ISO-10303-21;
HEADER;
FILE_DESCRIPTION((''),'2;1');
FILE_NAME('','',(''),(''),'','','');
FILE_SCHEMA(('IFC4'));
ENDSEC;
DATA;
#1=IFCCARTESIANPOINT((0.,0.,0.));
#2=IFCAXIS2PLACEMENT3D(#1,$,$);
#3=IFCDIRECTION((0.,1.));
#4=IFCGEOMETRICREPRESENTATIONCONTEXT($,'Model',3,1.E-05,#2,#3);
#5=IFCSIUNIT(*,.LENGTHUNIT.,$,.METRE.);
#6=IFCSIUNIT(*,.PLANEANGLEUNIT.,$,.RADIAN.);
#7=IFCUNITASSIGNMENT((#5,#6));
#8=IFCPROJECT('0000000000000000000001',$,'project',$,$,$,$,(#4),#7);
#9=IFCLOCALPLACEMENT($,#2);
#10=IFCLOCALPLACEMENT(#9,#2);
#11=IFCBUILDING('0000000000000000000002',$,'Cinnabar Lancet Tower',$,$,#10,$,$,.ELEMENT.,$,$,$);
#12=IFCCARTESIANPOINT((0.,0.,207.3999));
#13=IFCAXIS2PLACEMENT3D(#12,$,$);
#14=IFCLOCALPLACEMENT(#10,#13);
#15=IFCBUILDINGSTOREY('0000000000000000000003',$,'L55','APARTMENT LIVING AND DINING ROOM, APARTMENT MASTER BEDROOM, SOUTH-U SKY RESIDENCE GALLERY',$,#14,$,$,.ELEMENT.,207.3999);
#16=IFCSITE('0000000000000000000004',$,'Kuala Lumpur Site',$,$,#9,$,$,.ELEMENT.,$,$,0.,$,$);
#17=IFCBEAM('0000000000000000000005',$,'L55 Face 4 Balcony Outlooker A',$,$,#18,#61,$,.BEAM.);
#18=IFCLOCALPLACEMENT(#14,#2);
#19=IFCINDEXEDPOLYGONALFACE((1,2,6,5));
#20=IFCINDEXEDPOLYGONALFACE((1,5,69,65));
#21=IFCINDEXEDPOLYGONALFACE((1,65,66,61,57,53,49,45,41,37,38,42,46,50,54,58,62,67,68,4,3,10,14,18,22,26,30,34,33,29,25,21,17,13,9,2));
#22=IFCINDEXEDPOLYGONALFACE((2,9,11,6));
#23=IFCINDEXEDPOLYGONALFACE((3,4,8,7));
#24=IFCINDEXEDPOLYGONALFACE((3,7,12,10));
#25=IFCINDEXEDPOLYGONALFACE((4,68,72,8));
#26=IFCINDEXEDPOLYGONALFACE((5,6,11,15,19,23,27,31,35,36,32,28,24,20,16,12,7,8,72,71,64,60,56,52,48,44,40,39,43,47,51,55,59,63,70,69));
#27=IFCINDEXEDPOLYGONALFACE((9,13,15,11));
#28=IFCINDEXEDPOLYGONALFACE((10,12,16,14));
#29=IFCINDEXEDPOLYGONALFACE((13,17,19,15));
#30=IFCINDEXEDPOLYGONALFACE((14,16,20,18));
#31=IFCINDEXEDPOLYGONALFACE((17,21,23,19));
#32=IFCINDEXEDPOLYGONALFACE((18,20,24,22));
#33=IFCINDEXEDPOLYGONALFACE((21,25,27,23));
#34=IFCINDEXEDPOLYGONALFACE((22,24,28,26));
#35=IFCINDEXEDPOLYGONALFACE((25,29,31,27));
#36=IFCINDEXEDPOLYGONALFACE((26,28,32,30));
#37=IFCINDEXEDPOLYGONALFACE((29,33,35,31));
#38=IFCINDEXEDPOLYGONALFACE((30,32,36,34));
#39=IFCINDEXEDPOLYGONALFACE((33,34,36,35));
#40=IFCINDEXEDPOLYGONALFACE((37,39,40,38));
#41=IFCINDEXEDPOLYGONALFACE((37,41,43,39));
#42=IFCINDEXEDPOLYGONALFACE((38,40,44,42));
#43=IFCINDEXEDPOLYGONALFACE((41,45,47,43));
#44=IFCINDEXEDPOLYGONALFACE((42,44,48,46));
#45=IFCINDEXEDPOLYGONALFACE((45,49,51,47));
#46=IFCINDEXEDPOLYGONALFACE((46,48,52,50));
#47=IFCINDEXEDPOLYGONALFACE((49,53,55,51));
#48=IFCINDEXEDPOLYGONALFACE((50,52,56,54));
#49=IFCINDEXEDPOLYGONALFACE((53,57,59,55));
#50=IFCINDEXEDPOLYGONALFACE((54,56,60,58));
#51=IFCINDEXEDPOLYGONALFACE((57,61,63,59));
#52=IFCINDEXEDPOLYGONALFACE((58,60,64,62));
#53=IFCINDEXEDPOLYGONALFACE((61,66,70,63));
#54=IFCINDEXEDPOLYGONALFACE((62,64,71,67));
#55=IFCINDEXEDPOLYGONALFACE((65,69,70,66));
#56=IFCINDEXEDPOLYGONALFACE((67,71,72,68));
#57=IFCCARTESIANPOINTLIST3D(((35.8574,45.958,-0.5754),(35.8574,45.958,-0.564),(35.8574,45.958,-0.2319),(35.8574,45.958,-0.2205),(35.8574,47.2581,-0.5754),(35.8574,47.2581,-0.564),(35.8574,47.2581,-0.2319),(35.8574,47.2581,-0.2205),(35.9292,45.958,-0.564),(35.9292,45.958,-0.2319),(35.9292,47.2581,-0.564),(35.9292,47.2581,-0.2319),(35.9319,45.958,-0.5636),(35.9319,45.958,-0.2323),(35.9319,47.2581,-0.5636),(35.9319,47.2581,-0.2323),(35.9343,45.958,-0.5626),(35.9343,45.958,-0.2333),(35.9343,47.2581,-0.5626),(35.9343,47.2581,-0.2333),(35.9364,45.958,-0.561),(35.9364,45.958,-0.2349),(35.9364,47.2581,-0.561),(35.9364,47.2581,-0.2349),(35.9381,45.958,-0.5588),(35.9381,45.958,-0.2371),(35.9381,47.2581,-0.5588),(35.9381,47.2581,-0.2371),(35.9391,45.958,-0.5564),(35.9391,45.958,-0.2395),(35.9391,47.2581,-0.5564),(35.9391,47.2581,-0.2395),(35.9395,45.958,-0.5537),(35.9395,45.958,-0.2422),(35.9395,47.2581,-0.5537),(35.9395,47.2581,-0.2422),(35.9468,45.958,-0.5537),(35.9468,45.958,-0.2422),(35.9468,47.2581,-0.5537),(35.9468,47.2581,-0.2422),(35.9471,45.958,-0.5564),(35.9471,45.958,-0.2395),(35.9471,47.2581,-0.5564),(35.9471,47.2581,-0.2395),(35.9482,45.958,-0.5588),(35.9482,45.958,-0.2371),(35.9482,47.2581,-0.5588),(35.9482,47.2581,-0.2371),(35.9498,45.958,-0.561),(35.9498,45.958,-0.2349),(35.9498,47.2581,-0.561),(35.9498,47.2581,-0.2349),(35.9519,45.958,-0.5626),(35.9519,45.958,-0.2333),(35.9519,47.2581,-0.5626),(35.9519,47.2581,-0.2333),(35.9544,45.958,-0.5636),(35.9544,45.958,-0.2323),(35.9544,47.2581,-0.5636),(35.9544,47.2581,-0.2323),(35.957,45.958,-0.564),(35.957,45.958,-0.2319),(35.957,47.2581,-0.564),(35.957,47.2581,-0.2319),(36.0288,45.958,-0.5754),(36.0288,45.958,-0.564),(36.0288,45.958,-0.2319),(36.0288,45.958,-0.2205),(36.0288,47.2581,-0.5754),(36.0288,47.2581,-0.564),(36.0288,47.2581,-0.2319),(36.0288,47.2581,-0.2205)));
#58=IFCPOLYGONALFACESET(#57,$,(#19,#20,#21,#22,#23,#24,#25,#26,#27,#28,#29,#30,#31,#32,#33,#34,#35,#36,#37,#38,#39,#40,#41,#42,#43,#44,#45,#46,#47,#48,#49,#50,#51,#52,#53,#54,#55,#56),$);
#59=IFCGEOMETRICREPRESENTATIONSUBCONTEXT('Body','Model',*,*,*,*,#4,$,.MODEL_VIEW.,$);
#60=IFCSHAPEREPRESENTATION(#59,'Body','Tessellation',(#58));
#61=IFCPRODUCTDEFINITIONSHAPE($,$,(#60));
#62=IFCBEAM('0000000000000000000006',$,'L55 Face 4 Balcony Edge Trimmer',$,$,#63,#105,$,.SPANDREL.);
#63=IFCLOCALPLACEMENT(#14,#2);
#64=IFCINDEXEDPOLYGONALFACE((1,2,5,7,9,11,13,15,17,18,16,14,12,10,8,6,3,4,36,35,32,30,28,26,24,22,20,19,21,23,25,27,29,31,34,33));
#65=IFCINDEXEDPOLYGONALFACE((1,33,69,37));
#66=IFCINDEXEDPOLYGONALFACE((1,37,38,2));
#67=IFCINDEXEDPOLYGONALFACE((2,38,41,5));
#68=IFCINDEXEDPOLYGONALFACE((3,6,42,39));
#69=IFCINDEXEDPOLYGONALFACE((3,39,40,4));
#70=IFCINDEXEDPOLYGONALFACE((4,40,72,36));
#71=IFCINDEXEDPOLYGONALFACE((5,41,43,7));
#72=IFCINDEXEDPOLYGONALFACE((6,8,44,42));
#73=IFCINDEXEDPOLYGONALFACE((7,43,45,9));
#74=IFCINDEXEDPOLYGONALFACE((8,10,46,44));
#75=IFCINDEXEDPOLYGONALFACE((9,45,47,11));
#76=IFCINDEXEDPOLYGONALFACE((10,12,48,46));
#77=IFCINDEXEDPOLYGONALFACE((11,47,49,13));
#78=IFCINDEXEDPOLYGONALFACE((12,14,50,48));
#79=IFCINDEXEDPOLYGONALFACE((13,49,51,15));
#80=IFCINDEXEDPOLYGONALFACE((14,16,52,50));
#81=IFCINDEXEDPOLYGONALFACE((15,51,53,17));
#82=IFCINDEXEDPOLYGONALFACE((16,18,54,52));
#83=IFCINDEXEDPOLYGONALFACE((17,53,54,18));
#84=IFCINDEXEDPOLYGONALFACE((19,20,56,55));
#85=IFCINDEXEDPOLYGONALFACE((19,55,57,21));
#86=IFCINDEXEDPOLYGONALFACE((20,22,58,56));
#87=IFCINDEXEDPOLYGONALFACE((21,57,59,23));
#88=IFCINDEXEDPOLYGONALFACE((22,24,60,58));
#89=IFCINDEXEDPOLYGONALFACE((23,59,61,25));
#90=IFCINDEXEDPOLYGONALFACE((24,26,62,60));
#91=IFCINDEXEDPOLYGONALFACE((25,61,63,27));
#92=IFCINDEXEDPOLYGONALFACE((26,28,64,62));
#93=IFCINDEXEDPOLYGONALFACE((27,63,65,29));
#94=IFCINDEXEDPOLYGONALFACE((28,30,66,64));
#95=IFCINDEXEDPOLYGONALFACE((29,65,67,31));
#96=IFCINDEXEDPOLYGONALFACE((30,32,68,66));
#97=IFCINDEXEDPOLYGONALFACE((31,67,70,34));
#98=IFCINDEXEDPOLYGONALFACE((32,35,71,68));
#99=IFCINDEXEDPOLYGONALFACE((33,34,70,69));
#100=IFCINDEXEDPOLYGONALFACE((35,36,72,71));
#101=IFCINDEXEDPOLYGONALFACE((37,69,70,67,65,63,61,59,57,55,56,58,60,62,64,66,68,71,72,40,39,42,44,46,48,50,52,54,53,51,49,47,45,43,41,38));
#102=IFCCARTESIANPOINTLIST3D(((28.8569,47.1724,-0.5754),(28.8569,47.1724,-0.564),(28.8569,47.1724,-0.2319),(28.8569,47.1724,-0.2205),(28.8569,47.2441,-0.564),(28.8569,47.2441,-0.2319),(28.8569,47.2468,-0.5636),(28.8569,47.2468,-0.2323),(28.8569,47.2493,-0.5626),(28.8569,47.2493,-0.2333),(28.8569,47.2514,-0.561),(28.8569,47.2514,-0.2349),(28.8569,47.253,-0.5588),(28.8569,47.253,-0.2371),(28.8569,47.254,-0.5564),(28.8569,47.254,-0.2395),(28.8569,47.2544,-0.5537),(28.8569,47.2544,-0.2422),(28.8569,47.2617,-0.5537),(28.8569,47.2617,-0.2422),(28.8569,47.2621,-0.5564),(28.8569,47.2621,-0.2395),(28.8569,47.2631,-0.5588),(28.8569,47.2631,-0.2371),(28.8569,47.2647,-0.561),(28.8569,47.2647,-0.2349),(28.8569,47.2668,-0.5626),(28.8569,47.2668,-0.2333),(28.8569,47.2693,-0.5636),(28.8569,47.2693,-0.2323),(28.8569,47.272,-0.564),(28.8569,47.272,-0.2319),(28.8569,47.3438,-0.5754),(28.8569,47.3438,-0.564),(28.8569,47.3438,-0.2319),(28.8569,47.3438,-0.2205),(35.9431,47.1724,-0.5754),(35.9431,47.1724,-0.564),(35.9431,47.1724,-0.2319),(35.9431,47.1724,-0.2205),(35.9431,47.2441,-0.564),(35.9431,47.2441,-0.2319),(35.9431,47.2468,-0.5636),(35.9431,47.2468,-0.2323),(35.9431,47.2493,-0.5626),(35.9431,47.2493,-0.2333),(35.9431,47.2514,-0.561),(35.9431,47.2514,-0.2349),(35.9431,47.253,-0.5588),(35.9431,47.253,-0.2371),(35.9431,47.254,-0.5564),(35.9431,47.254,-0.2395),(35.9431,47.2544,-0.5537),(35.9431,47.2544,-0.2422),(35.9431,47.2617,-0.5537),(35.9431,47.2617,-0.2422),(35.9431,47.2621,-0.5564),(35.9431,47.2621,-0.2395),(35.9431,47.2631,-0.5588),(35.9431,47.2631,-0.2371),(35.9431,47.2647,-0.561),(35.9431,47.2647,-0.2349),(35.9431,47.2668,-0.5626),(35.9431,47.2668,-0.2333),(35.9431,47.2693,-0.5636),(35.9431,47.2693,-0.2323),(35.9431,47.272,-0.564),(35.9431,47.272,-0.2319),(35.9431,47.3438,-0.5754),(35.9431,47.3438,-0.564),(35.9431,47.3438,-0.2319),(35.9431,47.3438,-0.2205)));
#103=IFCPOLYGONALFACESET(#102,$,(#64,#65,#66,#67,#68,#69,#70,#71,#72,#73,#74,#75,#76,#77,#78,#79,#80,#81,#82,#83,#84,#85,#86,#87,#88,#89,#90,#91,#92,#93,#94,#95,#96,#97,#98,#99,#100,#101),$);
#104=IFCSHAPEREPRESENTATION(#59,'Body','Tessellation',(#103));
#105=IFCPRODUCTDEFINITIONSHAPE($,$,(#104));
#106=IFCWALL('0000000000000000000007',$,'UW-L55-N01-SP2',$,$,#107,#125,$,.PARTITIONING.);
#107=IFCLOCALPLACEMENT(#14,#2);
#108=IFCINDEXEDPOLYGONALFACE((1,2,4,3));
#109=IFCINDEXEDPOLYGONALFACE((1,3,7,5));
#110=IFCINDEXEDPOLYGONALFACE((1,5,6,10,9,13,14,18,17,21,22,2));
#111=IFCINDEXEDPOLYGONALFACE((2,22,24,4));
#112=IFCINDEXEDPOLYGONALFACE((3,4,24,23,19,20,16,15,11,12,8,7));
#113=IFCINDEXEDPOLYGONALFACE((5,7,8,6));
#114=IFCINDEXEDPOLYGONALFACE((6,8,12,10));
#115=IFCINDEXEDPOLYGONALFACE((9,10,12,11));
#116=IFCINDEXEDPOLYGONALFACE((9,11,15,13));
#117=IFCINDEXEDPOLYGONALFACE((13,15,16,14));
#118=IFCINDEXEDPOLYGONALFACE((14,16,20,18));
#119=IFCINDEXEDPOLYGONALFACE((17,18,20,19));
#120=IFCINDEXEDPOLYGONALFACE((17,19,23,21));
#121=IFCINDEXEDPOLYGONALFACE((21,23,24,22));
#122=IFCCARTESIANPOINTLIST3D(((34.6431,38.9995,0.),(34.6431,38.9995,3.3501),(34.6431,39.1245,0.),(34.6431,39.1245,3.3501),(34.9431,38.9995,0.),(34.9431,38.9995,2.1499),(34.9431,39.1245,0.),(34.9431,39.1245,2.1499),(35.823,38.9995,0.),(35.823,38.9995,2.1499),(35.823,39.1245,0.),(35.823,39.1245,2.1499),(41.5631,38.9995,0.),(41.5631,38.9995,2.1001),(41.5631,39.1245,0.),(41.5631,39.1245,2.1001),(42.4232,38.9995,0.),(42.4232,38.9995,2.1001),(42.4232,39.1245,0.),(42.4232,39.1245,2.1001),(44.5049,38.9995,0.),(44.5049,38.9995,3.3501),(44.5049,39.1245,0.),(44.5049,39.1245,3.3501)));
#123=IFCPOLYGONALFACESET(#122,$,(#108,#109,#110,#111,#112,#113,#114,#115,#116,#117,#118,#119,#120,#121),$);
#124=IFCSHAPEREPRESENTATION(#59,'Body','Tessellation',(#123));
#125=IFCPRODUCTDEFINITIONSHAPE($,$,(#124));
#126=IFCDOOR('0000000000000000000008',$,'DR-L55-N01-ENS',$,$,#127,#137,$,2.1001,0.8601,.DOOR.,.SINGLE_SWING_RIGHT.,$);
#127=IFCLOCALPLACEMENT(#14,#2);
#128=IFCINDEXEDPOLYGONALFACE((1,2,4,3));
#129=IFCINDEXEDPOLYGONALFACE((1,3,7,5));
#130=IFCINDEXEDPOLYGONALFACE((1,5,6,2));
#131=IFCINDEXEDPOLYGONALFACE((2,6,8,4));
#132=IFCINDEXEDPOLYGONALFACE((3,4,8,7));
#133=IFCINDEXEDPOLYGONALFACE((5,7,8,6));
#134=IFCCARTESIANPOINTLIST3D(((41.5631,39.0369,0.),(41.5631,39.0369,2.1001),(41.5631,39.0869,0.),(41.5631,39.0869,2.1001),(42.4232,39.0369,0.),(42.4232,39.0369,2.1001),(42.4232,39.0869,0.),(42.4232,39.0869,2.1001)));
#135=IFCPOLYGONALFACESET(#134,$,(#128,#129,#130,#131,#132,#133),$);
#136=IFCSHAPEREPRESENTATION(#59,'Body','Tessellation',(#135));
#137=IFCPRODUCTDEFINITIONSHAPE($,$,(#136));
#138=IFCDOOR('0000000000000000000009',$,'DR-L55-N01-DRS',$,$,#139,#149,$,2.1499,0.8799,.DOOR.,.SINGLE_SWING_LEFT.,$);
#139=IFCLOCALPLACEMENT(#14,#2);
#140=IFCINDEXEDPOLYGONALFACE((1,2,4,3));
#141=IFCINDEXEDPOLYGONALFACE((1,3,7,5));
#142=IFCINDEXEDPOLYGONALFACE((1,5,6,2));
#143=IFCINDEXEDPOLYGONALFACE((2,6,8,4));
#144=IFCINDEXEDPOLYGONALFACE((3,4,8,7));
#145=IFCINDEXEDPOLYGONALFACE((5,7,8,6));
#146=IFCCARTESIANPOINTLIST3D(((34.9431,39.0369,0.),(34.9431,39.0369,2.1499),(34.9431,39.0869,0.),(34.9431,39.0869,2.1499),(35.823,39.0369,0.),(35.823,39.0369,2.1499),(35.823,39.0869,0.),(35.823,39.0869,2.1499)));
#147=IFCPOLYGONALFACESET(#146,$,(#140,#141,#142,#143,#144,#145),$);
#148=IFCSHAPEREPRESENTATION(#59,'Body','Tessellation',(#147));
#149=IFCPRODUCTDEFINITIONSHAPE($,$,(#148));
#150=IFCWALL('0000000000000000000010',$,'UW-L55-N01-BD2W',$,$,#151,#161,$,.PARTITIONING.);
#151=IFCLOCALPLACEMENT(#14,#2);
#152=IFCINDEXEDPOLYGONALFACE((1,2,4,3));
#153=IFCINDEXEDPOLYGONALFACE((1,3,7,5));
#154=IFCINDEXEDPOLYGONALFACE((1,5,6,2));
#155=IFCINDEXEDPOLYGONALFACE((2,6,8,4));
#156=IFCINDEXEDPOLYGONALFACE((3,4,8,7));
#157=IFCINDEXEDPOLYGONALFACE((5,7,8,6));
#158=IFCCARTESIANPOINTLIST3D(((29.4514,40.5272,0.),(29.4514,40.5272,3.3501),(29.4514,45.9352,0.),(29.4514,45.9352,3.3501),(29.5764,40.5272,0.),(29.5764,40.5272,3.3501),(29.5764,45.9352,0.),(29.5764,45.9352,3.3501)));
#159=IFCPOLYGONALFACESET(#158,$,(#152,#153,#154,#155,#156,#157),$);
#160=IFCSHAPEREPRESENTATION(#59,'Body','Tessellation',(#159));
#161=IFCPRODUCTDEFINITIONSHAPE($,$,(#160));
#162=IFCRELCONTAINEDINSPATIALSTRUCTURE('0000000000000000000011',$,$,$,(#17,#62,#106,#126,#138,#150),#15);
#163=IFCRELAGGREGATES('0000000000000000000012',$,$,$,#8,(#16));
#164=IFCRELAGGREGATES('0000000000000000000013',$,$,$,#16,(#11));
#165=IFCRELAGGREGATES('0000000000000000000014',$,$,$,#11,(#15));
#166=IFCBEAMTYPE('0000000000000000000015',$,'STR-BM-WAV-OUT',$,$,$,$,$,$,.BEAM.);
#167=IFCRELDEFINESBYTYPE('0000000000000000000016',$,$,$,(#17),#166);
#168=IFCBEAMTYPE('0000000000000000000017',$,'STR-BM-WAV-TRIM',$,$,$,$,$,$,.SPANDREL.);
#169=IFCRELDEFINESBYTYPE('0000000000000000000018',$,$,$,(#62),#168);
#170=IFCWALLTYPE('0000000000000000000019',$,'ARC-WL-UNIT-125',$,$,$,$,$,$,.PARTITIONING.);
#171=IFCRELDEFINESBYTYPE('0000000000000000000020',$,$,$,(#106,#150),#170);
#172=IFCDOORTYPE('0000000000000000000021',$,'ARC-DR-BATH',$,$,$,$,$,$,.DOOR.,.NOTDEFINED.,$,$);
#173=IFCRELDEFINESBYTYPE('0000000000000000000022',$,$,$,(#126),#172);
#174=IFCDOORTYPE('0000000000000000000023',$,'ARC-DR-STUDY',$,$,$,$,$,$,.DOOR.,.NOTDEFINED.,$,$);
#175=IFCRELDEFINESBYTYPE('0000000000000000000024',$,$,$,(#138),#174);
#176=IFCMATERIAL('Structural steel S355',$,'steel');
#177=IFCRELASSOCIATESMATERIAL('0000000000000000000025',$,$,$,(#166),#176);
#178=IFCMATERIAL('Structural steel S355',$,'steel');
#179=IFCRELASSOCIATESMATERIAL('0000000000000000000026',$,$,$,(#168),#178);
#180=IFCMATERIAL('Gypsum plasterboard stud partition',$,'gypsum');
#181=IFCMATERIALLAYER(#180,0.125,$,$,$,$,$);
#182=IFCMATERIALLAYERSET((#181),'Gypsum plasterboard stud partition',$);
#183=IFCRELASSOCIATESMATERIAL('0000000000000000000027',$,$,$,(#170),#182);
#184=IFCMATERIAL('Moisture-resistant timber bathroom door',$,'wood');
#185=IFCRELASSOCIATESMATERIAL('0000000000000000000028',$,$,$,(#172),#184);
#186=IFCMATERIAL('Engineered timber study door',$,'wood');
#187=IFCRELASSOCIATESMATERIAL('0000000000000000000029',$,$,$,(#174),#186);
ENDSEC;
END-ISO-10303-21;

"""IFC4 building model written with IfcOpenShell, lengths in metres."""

from ifc_helpers import new_model, si_unit, direction, frame, frame_2d, origin, origin_2d, place, context, subcontext, project, spatial, rectangle, i_section, extrude, material, layer, layer_set, material_profile, profile_set, type_object, element, fill, save


model = new_model("IFC4")

# Units and contexts
model_context = context("Model", 3, precision=1e-05, world=origin(), true_north=direction((0.0, 1.0)))
body_context = subcontext(model_context, "Body", "Model", "MODEL_VIEW")
ifc_project = project(units=[si_unit("LENGTHUNIT", "METRE"), si_unit("PLANEANGLEUNIT", "RADIAN")], contexts=[model_context])

# Site, building, storey
site_placement = place(None, origin())
site = spatial("IfcSite", under=ifc_project, at=site_placement, Name="Kuala Lumpur Site", CompositionType="ELEMENT", RefElevation=0.0)
building_placement = place(site_placement, origin())
building = spatial("IfcBuilding", under=site, at=building_placement, Name="Cinnabar Lancet Tower", CompositionType="ELEMENT")
storey_placement = place(building_placement, frame((0.0, 0.0, 207.3999)))
storey = spatial("IfcBuildingStorey", under=building, at=storey_placement, Name="L55", Description="APARTMENT LIVING AND DINING ROOM, APARTMENT MASTER BEDROOM, SOUTH-U SKY RESIDENCE GALLERY", CompositionType="ELEMENT", Elevation=207.3999)

# Beams
ifc_material_1 = material(Name="Structural steel S355", Category="steel")
ifc_material_profile_1 = material_profile(ifc_material_1, i_section(OverallWidth=0.1714, OverallDepth=0.355, WebThickness=0.0073, FlangeThickness=0.0115, FilletRadius=0.0103, at=origin_2d()), Name="UKB 356x171x51")
ifc_profile_set_1 = profile_set([ifc_material_profile_1], Name="Structural steel S355")
beam_type_1 = type_object("IfcBeamType", Name="STR-BM-WAV-OUT", PredefinedType="BEAM", material=ifc_profile_set_1)
beam_1_placement = place(storey_placement, frame((35.9431, 45.958, -0.3979), z_axis=(0.0, 1.0, 0.0), x_axis=(-1.0, 0.0, 0.0)))
element("IfcBeam", 1, at=beam_1_placement, inside=storey, type_object=beam_type_1, Name="L55 Face 4 Balcony Outlooker A", PredefinedType="BEAM", context=body_context, shape_type="SweptSolid", body=[
    extrude(i_section(OverallWidth=0.1714, OverallDepth=0.355, WebThickness=0.0073, FlangeThickness=0.0115, FilletRadius=0.0103, at=origin_2d()), origin(), (0.0, 0.0, 1.0), 1.3),
])
ifc_material_2 = material(Name="Structural steel S355", Category="steel")
ifc_material_profile_2 = material_profile(ifc_material_2, i_section(OverallWidth=0.1714, OverallDepth=0.355, WebThickness=0.0073, FlangeThickness=0.0115, FilletRadius=0.0103, at=origin_2d()), Name="UKB 356x171x51")
ifc_profile_set_2 = profile_set([ifc_material_profile_2], Name="Structural steel S355")
beam_type_2 = type_object("IfcBeamType", Name="STR-BM-WAV-TRIM", PredefinedType="SPANDREL", material=ifc_profile_set_2)
beam_2_placement = place(storey_placement, frame((35.9431, 47.2581, -0.3979), z_axis=(-1.0, 0.0, 0.0), x_axis=(0.0, -1.0, 0.0)))
element("IfcBeam", 2, at=beam_2_placement, inside=storey, type_object=beam_type_2, Name="L55 Face 4 Balcony Edge Trimmer", PredefinedType="SPANDREL", context=body_context, shape_type="SweptSolid", body=[
    extrude(i_section(OverallWidth=0.1714, OverallDepth=0.355, WebThickness=0.0073, FlangeThickness=0.0115, FilletRadius=0.0103, at=origin_2d()), origin(), (0.0, 0.0, 1.0), 7.0862),
])

# Wall, openings, doors
ifc_material_3 = material(Name="Gypsum plasterboard stud partition", Category="gypsum")
ifc_layer_1 = layer(ifc_material_3, 0.125)
ifc_layer_set_1 = layer_set([ifc_layer_1], Name="Gypsum plasterboard stud partition")
wall_type_1 = type_object("IfcWallType", Name="ARC-WL-UNIT-125", PredefinedType="PARTITIONING", material=ifc_layer_set_1)
wall_1_placement = place(storey_placement, frame((34.6431, 39.062, 0.0), z_axis=(0.0, 0.0, 1.0), x_axis=(1.0, 0.0, 0.0)))
wall_1 = element("IfcWall", 3, at=wall_1_placement, inside=storey, type_object=wall_type_1, Name="UW-L55-N01-SP2", PredefinedType="PARTITIONING", context=body_context, shape_type="SweptSolid", body=[
    extrude(rectangle(XDim=9.8618, YDim=0.125, at=frame_2d((4.9309, 0.0))), origin(), (0.0, 0.0, 1.0), 3.3501),
])
opening_1_placement = place(wall_1_placement, frame((6.9199, 0.0, 0.0)))
opening_1 = element("IfcOpeningElement", 4, at=opening_1_placement, cuts=wall_1, PredefinedType="OPENING", context=body_context, shape_type="SweptSolid", body=[
    extrude(rectangle(XDim=0.8601, YDim=2.1001, at=frame_2d((0.4302, 1.05))), frame((0.0, 0.0725, 0.0), z_axis=(0.0, -1.0, 0.0), x_axis=(1.0, 0.0, 0.0)), (0.0, 0.0, 1.0), 0.145),
])
opening_2_placement = place(wall_1_placement, frame((0.3, 0.0, 0.0)))
opening_2 = element("IfcOpeningElement", 5, at=opening_2_placement, cuts=wall_1, PredefinedType="OPENING", context=body_context, shape_type="SweptSolid", body=[
    extrude(rectangle(XDim=0.8799, YDim=2.1499, at=frame_2d((0.4399, 1.075))), frame((0.0, 0.0725, 0.0), z_axis=(0.0, -1.0, 0.0), x_axis=(1.0, 0.0, 0.0)), (0.0, 0.0, 1.0), 0.145),
])
ifc_material_4 = material(Name="Moisture-resistant timber bathroom door", Category="wood")
door_type_1 = type_object("IfcDoorType", Name="ARC-DR-BATH", OperationType="NOTDEFINED", PredefinedType="DOOR", material=ifc_material_4)
door_1_placement = place(opening_1_placement, origin())
door_1 = element("IfcDoor", 6, at=door_1_placement, inside=storey, type_object=door_type_1, Name="DR-L55-N01-ENS", OperationType="SINGLE_SWING_RIGHT", OverallHeight=2.1001, OverallWidth=0.8601, PredefinedType="DOOR", context=body_context, shape_type="SweptSolid", body=[
    extrude(rectangle(XDim=0.8601, YDim=2.1001, at=frame_2d((0.4302, 1.05))), frame((0.0, 0.0249, 0.0), z_axis=(0.0, -1.0, 0.0), x_axis=(1.0, 0.0, 0.0)), (0.0, 0.0, 1.0), 0.05),
])
fill(opening_1, door_1)
ifc_material_5 = material(Name="Engineered timber study door", Category="wood")
door_type_2 = type_object("IfcDoorType", Name="ARC-DR-STUDY", OperationType="NOTDEFINED", PredefinedType="DOOR", material=ifc_material_5)
door_2_placement = place(opening_2_placement, origin())
door_2 = element("IfcDoor", 7, at=door_2_placement, inside=storey, type_object=door_type_2, Name="DR-L55-N01-DRS", OperationType="SINGLE_SWING_LEFT", OverallHeight=2.1499, OverallWidth=0.8799, PredefinedType="DOOR", context=body_context, shape_type="SweptSolid", body=[
    extrude(rectangle(XDim=0.8799, YDim=2.1499, at=frame_2d((0.4399, 1.075))), frame((0.0, 0.0249, 0.0), z_axis=(0.0, -1.0, 0.0), x_axis=(1.0, 0.0, 0.0)), (0.0, 0.0, 1.0), 0.05),
])
fill(opening_2, door_2)

# Wall
wall_2_placement = place(storey_placement, frame((29.5139, 40.5271, 0.0), z_axis=(0.0, 0.0, 1.0), x_axis=(0.0, 1.0, 0.0)))
element("IfcWall", 8, at=wall_2_placement, inside=storey, type_object=wall_type_1, Name="UW-L55-N01-BD2W", PredefinedType="PARTITIONING", context=body_context, shape_type="SweptSolid", body=[
    extrude(rectangle(XDim=5.408, YDim=0.125, at=frame_2d((2.7041, 0.0))), origin(), (0.0, 0.0, 1.0), 3.3501),
])

save(model, "model.ifc")
